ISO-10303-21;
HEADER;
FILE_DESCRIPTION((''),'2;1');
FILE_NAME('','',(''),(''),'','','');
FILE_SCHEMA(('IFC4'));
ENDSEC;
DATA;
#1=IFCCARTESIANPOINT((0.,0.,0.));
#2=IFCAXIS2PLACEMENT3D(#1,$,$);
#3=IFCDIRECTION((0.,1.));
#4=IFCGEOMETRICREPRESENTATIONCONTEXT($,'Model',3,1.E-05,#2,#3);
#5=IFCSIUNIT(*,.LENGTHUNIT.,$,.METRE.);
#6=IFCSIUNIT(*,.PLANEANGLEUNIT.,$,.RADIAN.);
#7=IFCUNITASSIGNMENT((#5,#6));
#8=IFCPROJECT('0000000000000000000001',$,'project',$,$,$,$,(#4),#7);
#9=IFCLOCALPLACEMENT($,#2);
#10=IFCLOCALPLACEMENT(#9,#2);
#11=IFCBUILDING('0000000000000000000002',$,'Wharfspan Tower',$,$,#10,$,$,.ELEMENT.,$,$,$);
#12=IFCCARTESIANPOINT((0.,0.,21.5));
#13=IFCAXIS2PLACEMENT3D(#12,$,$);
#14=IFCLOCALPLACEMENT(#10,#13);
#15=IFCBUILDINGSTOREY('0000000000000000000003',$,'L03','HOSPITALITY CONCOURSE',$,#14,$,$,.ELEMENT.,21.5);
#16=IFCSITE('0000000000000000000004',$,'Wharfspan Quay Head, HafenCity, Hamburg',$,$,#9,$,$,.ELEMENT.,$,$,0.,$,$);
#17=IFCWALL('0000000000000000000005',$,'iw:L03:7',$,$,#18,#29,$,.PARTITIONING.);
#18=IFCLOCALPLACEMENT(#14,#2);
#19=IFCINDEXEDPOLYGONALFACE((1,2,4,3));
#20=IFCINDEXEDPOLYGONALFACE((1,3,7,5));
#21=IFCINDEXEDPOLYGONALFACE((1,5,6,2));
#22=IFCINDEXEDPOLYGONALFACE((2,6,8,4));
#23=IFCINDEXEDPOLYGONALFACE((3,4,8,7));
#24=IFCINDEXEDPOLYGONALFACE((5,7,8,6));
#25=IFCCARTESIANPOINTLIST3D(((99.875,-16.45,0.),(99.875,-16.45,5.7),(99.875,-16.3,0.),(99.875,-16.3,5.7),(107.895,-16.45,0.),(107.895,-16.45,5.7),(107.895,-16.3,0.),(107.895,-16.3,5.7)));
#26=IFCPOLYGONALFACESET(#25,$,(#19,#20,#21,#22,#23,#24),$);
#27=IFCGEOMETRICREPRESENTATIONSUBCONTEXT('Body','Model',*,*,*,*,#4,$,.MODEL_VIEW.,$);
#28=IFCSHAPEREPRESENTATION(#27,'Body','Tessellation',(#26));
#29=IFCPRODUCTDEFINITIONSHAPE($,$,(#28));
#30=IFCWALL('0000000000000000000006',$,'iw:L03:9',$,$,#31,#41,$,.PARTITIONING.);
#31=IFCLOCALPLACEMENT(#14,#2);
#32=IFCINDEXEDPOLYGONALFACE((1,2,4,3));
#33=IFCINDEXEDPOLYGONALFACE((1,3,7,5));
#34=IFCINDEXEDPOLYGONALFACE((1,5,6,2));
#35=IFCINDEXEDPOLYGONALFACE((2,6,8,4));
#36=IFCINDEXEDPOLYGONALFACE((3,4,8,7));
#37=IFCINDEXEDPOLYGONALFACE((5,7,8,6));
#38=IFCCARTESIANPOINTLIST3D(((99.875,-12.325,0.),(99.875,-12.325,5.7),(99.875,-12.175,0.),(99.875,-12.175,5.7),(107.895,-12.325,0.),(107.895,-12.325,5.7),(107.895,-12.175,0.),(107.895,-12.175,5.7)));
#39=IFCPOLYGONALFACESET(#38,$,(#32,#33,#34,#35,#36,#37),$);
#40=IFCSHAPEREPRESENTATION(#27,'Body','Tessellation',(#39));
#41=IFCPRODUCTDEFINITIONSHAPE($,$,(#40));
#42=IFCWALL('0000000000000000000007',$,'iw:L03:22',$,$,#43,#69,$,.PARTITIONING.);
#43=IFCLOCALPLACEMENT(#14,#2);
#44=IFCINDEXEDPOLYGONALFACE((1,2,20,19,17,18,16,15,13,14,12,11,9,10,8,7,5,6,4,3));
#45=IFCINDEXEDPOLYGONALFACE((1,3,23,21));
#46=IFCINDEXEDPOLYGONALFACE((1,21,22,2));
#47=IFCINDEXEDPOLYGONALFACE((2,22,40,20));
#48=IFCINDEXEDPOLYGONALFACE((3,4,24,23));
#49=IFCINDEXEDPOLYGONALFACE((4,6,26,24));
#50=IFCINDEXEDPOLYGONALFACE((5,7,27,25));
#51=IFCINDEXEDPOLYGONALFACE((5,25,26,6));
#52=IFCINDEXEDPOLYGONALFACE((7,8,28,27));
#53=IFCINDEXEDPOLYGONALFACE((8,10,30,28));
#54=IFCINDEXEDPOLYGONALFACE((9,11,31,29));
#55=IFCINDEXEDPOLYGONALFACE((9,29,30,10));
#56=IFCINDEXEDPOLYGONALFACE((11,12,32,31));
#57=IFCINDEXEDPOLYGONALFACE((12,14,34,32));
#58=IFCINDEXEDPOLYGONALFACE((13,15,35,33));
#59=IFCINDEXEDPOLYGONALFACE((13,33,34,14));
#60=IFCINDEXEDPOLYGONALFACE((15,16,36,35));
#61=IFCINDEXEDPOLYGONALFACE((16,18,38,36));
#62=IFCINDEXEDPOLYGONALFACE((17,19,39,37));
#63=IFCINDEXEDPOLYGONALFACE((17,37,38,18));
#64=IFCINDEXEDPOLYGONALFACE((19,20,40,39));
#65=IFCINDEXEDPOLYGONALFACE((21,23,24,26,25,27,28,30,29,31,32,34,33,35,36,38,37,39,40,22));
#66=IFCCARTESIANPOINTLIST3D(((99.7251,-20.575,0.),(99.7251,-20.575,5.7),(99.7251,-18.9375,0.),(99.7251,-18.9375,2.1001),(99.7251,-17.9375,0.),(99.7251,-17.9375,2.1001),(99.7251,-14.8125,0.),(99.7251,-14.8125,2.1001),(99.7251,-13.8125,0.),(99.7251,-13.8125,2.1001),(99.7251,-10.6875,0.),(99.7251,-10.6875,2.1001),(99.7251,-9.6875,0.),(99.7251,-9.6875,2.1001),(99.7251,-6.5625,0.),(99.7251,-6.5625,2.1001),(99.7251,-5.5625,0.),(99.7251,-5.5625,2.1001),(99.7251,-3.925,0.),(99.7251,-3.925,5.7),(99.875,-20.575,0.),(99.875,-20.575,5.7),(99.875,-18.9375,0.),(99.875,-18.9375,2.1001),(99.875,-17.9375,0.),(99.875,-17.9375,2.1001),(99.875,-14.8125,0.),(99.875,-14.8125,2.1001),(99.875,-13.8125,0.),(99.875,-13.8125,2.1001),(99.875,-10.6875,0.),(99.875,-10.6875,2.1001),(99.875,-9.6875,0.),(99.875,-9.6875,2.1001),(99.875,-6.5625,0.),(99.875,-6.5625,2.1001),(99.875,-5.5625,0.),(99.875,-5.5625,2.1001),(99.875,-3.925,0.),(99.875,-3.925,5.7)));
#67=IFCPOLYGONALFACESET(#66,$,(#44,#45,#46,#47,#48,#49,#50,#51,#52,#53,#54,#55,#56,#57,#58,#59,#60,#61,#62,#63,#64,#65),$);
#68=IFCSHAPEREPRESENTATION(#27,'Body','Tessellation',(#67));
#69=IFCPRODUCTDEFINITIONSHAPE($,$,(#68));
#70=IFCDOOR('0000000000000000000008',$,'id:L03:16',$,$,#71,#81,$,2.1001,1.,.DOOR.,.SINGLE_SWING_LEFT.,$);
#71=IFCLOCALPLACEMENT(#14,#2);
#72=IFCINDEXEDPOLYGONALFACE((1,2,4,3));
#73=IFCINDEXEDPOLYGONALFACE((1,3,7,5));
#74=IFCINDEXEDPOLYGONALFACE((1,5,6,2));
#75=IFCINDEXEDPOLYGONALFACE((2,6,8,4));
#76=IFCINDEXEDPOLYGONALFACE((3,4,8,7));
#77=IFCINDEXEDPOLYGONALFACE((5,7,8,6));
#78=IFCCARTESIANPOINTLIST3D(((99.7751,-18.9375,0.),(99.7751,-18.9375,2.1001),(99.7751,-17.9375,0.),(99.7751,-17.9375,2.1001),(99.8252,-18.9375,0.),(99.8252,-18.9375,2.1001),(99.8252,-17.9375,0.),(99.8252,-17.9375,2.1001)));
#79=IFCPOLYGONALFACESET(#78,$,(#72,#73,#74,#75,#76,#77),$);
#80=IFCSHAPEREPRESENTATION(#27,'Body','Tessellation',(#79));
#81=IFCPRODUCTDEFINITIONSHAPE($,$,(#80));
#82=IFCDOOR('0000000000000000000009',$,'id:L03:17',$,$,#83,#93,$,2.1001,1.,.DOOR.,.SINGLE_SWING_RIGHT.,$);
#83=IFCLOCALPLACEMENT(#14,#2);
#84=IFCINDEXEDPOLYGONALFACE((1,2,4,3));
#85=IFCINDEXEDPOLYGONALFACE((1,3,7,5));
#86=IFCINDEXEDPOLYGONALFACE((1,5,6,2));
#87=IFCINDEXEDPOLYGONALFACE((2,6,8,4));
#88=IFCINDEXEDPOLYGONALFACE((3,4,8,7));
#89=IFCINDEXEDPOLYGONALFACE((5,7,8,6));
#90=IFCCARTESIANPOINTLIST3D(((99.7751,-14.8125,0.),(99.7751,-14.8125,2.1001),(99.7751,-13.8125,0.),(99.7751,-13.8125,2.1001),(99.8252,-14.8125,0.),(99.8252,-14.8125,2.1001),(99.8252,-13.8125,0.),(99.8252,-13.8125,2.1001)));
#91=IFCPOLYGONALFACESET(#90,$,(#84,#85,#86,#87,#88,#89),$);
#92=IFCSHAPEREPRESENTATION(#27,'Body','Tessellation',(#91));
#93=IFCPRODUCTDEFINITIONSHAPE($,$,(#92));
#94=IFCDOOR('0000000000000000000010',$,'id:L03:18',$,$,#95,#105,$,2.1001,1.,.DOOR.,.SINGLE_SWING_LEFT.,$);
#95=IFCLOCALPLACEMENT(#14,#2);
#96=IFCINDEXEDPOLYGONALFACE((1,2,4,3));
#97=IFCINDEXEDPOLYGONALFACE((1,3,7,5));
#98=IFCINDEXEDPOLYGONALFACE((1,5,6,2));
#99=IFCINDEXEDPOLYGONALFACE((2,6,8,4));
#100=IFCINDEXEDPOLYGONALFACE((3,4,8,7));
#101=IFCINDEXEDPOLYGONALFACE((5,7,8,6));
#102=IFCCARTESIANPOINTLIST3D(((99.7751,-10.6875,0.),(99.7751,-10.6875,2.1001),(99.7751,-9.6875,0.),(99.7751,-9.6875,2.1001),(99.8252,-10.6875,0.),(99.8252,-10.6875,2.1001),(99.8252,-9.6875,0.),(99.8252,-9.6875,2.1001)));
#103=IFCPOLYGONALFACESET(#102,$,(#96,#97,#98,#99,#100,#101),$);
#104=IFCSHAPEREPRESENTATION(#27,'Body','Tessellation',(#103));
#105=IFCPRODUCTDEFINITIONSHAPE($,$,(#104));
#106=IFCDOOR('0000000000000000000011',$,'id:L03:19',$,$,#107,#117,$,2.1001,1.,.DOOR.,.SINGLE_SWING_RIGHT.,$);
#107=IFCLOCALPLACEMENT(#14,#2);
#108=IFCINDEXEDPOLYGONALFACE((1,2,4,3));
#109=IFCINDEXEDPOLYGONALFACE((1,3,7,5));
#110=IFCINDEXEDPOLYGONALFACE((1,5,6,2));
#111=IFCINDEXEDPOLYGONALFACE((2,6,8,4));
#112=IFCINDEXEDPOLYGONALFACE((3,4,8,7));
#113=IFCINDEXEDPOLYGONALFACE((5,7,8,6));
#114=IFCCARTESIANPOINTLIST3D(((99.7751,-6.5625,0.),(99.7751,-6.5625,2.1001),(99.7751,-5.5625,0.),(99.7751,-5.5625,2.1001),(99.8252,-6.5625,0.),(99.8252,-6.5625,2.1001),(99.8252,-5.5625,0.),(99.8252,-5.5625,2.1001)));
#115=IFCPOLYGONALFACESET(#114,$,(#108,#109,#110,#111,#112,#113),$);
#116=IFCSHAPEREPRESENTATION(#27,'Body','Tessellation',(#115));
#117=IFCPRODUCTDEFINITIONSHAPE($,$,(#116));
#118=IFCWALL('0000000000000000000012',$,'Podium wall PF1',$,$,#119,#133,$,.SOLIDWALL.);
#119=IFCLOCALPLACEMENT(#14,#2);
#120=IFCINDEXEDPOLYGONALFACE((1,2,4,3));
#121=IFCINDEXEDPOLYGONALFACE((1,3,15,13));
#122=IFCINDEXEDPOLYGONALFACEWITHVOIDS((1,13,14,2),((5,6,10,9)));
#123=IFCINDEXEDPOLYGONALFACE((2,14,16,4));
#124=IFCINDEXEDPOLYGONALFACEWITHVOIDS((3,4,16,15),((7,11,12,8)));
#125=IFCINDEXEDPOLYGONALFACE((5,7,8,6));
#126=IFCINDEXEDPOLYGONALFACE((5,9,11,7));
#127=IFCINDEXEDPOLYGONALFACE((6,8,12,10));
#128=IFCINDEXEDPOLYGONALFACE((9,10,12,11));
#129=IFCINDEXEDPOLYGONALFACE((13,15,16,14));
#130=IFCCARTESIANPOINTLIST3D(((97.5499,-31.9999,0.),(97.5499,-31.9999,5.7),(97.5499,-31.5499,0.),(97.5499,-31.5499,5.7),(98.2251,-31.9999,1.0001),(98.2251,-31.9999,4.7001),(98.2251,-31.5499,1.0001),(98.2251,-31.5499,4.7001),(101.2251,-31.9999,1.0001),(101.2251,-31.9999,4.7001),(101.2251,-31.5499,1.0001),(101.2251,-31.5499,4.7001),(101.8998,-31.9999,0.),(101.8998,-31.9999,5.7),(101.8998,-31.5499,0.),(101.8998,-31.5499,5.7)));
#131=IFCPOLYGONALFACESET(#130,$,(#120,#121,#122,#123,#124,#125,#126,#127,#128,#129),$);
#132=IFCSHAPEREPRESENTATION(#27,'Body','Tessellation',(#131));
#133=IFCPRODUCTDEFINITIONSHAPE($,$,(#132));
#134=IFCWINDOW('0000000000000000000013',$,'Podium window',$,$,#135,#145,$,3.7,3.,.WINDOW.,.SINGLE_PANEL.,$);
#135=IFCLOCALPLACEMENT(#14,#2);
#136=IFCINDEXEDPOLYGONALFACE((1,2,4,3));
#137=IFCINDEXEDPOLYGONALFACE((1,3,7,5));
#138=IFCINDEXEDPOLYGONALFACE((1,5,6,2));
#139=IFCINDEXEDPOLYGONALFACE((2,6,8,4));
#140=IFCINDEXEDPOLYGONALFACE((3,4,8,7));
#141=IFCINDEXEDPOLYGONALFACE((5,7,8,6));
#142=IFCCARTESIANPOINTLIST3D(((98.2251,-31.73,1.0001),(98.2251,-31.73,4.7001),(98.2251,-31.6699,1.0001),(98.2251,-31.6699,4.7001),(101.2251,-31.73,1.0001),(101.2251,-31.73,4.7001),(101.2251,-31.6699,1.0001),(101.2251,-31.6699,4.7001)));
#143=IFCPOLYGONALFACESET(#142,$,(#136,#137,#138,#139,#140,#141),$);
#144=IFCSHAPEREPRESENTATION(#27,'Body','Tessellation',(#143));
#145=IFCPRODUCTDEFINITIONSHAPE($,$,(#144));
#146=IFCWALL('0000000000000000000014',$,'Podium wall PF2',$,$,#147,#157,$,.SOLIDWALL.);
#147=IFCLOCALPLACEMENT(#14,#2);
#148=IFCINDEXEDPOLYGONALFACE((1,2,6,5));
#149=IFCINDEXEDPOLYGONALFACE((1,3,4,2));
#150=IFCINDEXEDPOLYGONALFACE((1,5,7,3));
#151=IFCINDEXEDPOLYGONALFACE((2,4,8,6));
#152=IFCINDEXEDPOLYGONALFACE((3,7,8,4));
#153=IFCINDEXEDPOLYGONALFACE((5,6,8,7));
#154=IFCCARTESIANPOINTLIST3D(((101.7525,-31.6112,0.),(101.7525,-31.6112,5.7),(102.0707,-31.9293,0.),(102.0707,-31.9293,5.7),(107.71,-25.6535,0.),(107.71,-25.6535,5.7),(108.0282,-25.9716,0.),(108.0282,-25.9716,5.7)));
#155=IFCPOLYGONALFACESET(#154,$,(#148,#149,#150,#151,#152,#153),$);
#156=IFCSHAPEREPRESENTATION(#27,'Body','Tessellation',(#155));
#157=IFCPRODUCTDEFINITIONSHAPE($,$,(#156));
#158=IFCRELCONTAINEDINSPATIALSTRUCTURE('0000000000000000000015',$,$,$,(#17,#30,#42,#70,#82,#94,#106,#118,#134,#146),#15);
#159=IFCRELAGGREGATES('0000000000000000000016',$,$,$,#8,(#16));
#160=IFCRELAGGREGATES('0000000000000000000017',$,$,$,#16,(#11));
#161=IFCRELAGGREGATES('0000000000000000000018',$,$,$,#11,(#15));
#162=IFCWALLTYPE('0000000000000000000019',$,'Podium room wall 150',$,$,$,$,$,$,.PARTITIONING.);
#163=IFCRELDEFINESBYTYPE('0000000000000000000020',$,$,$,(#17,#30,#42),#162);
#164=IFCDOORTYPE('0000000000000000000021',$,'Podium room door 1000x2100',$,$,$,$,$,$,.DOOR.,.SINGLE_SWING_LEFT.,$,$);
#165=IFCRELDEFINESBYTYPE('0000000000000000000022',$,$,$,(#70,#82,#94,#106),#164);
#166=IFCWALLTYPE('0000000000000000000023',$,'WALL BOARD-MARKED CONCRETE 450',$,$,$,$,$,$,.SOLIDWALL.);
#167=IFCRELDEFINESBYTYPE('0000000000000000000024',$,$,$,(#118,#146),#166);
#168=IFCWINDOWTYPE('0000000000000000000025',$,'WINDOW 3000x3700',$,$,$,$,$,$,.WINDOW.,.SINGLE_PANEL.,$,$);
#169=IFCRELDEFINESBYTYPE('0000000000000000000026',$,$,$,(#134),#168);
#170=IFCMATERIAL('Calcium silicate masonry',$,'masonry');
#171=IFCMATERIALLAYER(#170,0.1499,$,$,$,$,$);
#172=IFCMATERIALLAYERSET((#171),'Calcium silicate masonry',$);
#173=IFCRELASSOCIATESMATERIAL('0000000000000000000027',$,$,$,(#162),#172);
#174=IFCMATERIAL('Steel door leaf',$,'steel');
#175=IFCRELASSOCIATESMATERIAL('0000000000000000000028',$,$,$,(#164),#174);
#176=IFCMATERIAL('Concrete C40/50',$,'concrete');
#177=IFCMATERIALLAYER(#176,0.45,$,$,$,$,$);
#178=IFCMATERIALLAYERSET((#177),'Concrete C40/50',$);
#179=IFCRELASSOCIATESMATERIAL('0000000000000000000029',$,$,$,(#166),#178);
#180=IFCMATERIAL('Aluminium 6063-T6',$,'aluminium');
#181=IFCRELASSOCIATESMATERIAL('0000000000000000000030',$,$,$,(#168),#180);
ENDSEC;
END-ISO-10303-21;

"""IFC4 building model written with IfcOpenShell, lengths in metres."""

from ifc_helpers import new_model, si_unit, direction, frame, frame_2d, origin, place, context, subcontext, project, spatial, rectangle, extrude, material, layer, layer_set, type_object, element, fill, save


model = new_model("IFC4")

# Units and contexts
model_context = context("Model", 3, precision=1e-05, world=origin(), true_north=direction((0.0, 1.0)))
body_context = subcontext(model_context, "Body", "Model", "MODEL_VIEW")
ifc_project = project(units=[si_unit("LENGTHUNIT", "METRE"), si_unit("PLANEANGLEUNIT", "RADIAN")], contexts=[model_context])

# Site, building, storey
site_placement = place(None, origin())
site = spatial("IfcSite", under=ifc_project, at=site_placement, Name="Wharfspan Quay Head, HafenCity, Hamburg", CompositionType="ELEMENT", RefElevation=0.0)
building_placement = place(site_placement, origin())
building = spatial("IfcBuilding", under=site, at=building_placement, Name="Wharfspan Tower", CompositionType="ELEMENT")
storey_placement = place(building_placement, frame((0.0, 0.0, 21.5)))
storey = spatial("IfcBuildingStorey", under=building, at=storey_placement, Name="L03", Description="HOSPITALITY CONCOURSE", CompositionType="ELEMENT", Elevation=21.5)

# Shared definitions
ifc_material_1 = material(Name="Aluminium 6063-T6", Category="aluminium")

# Walls
ifc_material_2 = material(Name="Calcium silicate masonry", Category="masonry")
ifc_layer_1 = layer(ifc_material_2, 0.1499)
ifc_layer_set_1 = layer_set([ifc_layer_1], Name="Calcium silicate masonry")
wall_type_1 = type_object("IfcWallType", Name="Podium room wall 150", PredefinedType="PARTITIONING", material=ifc_layer_set_1)
for number, where, z_axis, x_axis, name in (
    (1, (99.875, -16.375, 0.0), (0.0, 0.0, 1.0), (1.0, 0.0, 0.0), "iw:L03:7"),
    (2, (99.875, -12.25, 0.0), (0.0, 0.0, 1.0), (1.0, 0.0, 0.0), "iw:L03:9"),
):
    element("IfcWall", number, at=place(storey_placement, frame(where, z_axis=z_axis, x_axis=x_axis)), inside=storey, type_object=wall_type_1, Name=name, PredefinedType="PARTITIONING", context=body_context, shape_type="SweptSolid", body=[
        extrude(rectangle(XDim=8.02, YDim=0.1499, at=frame_2d((4.01, 0.0))), origin(), (0.0, 0.0, 1.0), 5.7),
    ])

# Wall, openings, doors
wall_1_placement = place(storey_placement, frame((99.8, -20.575, 0.0), z_axis=(0.0, 0.0, 1.0), x_axis=(0.0, 1.0, 0.0)))
wall_1 = element("IfcWall", 3, at=wall_1_placement, inside=storey, type_object=wall_type_1, Name="iw:L03:22", PredefinedType="PARTITIONING", context=body_context, shape_type="SweptSolid", body=[
    extrude(rectangle(XDim=16.6499, YDim=0.1499, at=frame_2d((8.325, 0.0))), origin(), (0.0, 0.0, 1.0), 5.7),
])
opening_1_placement = place(wall_1_placement, frame((1.6375, 0.0, 0.0)))
opening_1 = element("IfcOpeningElement", 4, at=opening_1_placement, cuts=wall_1, PredefinedType="OPENING", context=body_context, shape_type="SweptSolid", body=[
    extrude(rectangle(XDim=1.0, YDim=2.1001, at=frame_2d((0.5, 1.05))), frame((0.0, 0.085, 0.0), z_axis=(0.0, -1.0, 0.0), x_axis=(1.0, 0.0, 0.0)), (0.0, 0.0, 1.0), 0.1699),
])
opening_2_placement = place(wall_1_placement, frame((5.7625, 0.0, 0.0)))
opening_2 = element("IfcOpeningElement", 5, at=opening_2_placement, cuts=wall_1, PredefinedType="OPENING", context=body_context, shape_type="SweptSolid", body=[
    extrude(rectangle(XDim=1.0, YDim=2.1001, at=frame_2d((0.5, 1.05))), frame((0.0, 0.085, 0.0), z_axis=(0.0, -1.0, 0.0), x_axis=(1.0, 0.0, 0.0)), (0.0, 0.0, 1.0), 0.1699),
])
opening_3_placement = place(wall_1_placement, frame((9.8875, 0.0, 0.0)))
opening_3 = element("IfcOpeningElement", 6, at=opening_3_placement, cuts=wall_1, PredefinedType="OPENING", context=body_context, shape_type="SweptSolid", body=[
    extrude(rectangle(XDim=1.0, YDim=2.1001, at=frame_2d((0.5, 1.05))), frame((0.0, 0.085, 0.0), z_axis=(0.0, -1.0, 0.0), x_axis=(1.0, 0.0, 0.0)), (0.0, 0.0, 1.0), 0.1699),
])
opening_4_placement = place(wall_1_placement, frame((14.0125, 0.0, 0.0)))
opening_4 = element("IfcOpeningElement", 7, at=opening_4_placement, cuts=wall_1, PredefinedType="OPENING", context=body_context, shape_type="SweptSolid", body=[
    extrude(rectangle(XDim=1.0, YDim=2.1001, at=frame_2d((0.5, 1.05))), frame((0.0, 0.085, 0.0), z_axis=(0.0, -1.0, 0.0), x_axis=(1.0, 0.0, 0.0)), (0.0, 0.0, 1.0), 0.1699),
])
ifc_material_3 = material(Name="Steel door leaf", Category="steel")
door_type = type_object("IfcDoorType", Name="Podium room door 1000x2100", OperationType="SINGLE_SWING_LEFT", PredefinedType="DOOR", material=ifc_material_3)
door_1_placement = place(opening_1_placement, origin())
door_1 = element("IfcDoor", 8, at=door_1_placement, inside=storey, type_object=door_type, Name="id:L03:16", OperationType="SINGLE_SWING_LEFT", OverallHeight=2.1001, OverallWidth=1.0, PredefinedType="DOOR", context=body_context, shape_type="SweptSolid", body=[
    extrude(rectangle(XDim=1.0, YDim=2.1001, at=frame_2d((0.5, 1.05))), frame((0.0, 0.0249, 0.0), z_axis=(0.0, -1.0, 0.0), x_axis=(1.0, 0.0, 0.0)), (0.0, 0.0, 1.0), 0.05),
])
fill(opening_1, door_1)
door_2_placement = place(opening_2_placement, origin())
door_2 = element("IfcDoor", 9, at=door_2_placement, inside=storey, type_object=door_type, Name="id:L03:17", OperationType="SINGLE_SWING_RIGHT", OverallHeight=2.1001, OverallWidth=1.0, PredefinedType="DOOR", context=body_context, shape_type="SweptSolid", body=[
    extrude(rectangle(XDim=1.0, YDim=2.1001, at=frame_2d((0.5, 1.05))), frame((0.0, 0.0249, 0.0), z_axis=(0.0, -1.0, 0.0), x_axis=(1.0, 0.0, 0.0)), (0.0, 0.0, 1.0), 0.05),
])
fill(opening_2, door_2)
door_3_placement = place(opening_3_placement, origin())
door_3 = element("IfcDoor", 10, at=door_3_placement, inside=storey, type_object=door_type, Name="id:L03:18", OperationType="SINGLE_SWING_LEFT", OverallHeight=2.1001, OverallWidth=1.0, PredefinedType="DOOR", context=body_context, shape_type="SweptSolid", body=[
    extrude(rectangle(XDim=1.0, YDim=2.1001, at=frame_2d((0.5, 1.05))), frame((0.0, 0.0249, 0.0), z_axis=(0.0, -1.0, 0.0), x_axis=(1.0, 0.0, 0.0)), (0.0, 0.0, 1.0), 0.05),
])
fill(opening_3, door_3)
door_4_placement = place(opening_4_placement, origin())
door_4 = element("IfcDoor", 11, at=door_4_placement, inside=storey, type_object=door_type, Name="id:L03:19", OperationType="SINGLE_SWING_RIGHT", OverallHeight=2.1001, OverallWidth=1.0, PredefinedType="DOOR", context=body_context, shape_type="SweptSolid", body=[
    extrude(rectangle(XDim=1.0, YDim=2.1001, at=frame_2d((0.5, 1.05))), frame((0.0, 0.0249, 0.0), z_axis=(0.0, -1.0, 0.0), x_axis=(1.0, 0.0, 0.0)), (0.0, 0.0, 1.0), 0.05),
])
fill(opening_4, door_4)

# Wall, opening, window
ifc_material_4 = material(Name="Concrete C40/50", Category="concrete")
ifc_layer_2 = layer(ifc_material_4, 0.45)
ifc_layer_set_2 = layer_set([ifc_layer_2], Name="Concrete C40/50")
wall_type_2 = type_object("IfcWallType", Name="WALL BOARD-MARKED CONCRETE 450", PredefinedType="SOLIDWALL", material=ifc_layer_set_2)
wall_2_placement = place(storey_placement, frame((97.55, -31.7749, 0.0), z_axis=(0.0, 0.0, 1.0), x_axis=(1.0, 0.0, 0.0)))
wall_2 = element("IfcWall", 12, at=wall_2_placement, inside=storey, type_object=wall_type_2, Name="Podium wall PF1", PredefinedType="SOLIDWALL", context=body_context, shape_type="SweptSolid", body=[
    extrude(rectangle(XDim=4.3499, YDim=0.45, at=frame_2d((2.1748, 0.0))), origin(), (0.0, 0.0, 1.0), 5.7),
])
opening_5_placement = place(wall_2_placement, frame((0.675, 0.0, 1.0)))
opening_5 = element("IfcOpeningElement", 13, at=opening_5_placement, cuts=wall_2, PredefinedType="OPENING", context=body_context, shape_type="SweptSolid", body=[
    extrude(rectangle(XDim=3.0, YDim=3.7, at=frame_2d((1.5, 1.8501))), frame((0.0, 0.2349, 0.0), z_axis=(0.0, -1.0, 0.0), x_axis=(1.0, 0.0, 0.0)), (0.0, 0.0, 1.0), 0.47),
])
window_type = type_object("IfcWindowType", Name="WINDOW 3000x3700", PartitioningType="SINGLE_PANEL", PredefinedType="WINDOW", material=ifc_material_1)
window_placement = place(opening_5_placement, origin())
window = element("IfcWindow", 14, at=window_placement, inside=storey, type_object=window_type, Name="Podium window", OverallHeight=3.7, OverallWidth=3.0, PartitioningType="SINGLE_PANEL", PredefinedType="WINDOW", context=body_context, shape_type="SweptSolid", body=[
    extrude(rectangle(XDim=3.0, YDim=3.7, at=frame_2d((1.5, 1.8501))), frame((0.0, 0.105, 0.0), z_axis=(0.0, -1.0, 0.0), x_axis=(1.0, 0.0, 0.0)), (0.0, 0.0, 1.0), 0.0601),
])
fill(opening_5, window)

# Wall
wall_3_placement = place(storey_placement, frame((101.9116, -31.7703, 0.0), z_axis=(0.0, 0.0, 1.0), x_axis=(0.707092, 0.707121, 0.0)))
element("IfcWall", 15, at=wall_3_placement, inside=storey, type_object=wall_type_2, Name="Podium wall PF2", PredefinedType="SOLIDWALL", context=body_context, shape_type="SweptSolid", body=[
    extrude(rectangle(XDim=8.4253, YDim=0.45, at=frame_2d((4.2126, 0.0))), origin(), (0.0, 0.0, 1.0), 5.7),
])

save(model, "model.ifc")
